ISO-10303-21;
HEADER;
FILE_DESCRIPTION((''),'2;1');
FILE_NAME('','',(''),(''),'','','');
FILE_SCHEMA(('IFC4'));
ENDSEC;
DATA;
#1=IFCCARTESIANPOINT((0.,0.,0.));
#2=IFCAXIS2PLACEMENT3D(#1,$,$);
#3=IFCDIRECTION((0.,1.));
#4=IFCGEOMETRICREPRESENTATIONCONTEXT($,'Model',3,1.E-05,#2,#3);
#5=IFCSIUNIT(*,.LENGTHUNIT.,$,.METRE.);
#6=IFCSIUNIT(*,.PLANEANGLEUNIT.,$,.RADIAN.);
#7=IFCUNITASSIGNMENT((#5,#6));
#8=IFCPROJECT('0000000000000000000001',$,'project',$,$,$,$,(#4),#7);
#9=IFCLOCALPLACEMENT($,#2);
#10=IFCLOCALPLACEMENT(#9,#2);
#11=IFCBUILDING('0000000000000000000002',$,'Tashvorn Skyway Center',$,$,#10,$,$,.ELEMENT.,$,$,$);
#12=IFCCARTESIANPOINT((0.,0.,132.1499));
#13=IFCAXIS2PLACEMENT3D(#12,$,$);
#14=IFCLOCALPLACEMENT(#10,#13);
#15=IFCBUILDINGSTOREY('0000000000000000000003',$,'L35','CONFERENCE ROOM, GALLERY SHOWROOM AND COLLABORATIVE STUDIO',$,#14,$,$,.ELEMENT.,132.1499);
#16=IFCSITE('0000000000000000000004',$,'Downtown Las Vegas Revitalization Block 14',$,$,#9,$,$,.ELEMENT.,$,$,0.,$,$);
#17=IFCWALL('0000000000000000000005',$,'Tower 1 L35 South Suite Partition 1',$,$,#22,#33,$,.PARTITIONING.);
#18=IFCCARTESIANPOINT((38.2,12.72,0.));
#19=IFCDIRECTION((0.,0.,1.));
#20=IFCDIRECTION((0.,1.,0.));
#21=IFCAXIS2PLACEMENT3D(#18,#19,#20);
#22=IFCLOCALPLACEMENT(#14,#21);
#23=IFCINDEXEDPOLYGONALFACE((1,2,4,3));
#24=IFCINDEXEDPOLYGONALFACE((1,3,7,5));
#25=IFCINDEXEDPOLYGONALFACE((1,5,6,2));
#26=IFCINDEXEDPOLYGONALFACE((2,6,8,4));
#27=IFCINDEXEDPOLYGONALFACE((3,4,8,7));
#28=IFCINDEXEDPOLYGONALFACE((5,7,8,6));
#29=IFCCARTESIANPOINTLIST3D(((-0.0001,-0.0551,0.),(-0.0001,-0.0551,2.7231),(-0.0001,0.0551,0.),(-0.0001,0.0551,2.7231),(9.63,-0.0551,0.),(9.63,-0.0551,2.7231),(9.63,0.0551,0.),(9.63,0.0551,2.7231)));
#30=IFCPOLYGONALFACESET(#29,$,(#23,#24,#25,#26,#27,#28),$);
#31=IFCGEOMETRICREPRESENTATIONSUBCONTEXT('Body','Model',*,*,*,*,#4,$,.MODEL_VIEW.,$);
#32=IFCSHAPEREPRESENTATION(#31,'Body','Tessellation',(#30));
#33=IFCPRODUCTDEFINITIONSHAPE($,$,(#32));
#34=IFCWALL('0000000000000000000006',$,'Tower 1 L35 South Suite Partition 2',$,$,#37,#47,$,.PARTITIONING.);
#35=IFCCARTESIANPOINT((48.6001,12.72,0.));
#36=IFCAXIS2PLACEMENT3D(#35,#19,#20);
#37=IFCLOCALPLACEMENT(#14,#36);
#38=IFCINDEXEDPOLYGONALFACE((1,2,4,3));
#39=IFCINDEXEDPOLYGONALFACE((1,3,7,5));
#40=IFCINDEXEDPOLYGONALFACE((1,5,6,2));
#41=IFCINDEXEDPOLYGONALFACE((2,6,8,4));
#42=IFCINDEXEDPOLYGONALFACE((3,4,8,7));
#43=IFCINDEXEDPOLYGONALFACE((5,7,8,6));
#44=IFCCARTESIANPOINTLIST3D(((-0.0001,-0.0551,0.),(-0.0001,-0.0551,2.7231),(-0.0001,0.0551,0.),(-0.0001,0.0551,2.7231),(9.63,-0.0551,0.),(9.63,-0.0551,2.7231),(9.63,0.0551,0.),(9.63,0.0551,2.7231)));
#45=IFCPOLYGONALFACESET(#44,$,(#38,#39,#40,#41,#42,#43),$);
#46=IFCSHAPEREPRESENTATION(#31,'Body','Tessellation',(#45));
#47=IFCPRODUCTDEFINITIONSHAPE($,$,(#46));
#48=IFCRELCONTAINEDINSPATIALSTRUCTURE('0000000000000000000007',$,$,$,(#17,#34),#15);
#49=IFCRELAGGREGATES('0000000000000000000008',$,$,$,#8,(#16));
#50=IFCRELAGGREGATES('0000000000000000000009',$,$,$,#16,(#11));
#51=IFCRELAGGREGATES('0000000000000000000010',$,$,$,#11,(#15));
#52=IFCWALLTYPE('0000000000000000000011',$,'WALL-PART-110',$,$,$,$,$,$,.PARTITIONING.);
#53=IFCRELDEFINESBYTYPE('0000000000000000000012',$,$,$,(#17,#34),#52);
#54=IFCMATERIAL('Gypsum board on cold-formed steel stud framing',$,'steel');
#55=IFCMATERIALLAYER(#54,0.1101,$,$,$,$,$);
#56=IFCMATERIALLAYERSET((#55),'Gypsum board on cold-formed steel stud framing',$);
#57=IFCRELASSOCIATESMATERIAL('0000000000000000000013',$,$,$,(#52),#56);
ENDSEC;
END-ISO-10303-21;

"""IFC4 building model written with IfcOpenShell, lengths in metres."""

from ifc_helpers import new_model, si_unit, direction, frame, frame_2d, origin, place, context, subcontext, project, spatial, rectangle, extrude, material, layer, layer_set, type_object, element, save


model = new_model("IFC4")

# Units and contexts
model_context = context("Model", 3, precision=1e-05, world=origin(), true_north=direction((0.0, 1.0)))
body_context = subcontext(model_context, "Body", "Model", "MODEL_VIEW")
ifc_project = project(units=[si_unit("LENGTHUNIT", "METRE"), si_unit("PLANEANGLEUNIT", "RADIAN")], contexts=[model_context])

# Site, building, storey
site_placement = place(None, origin())
site = spatial("IfcSite", under=ifc_project, at=site_placement, Name="Downtown Las Vegas Revitalization Block 14", CompositionType="ELEMENT", RefElevation=0.0)
building_placement = place(site_placement, origin())
building = spatial("IfcBuilding", under=site, at=building_placement, Name="Tashvorn Skyway Center", CompositionType="ELEMENT")
storey_placement = place(building_placement, frame((0.0, 0.0, 132.1499)))
storey = spatial("IfcBuildingStorey", under=building, at=storey_placement, Name="L35", Description="CONFERENCE ROOM, GALLERY SHOWROOM AND COLLABORATIVE STUDIO", CompositionType="ELEMENT", Elevation=132.1499)

# Walls
ifc_material_1 = material(Name="Gypsum board on cold-formed steel stud framing", Category="steel")
ifc_layer_1 = layer(ifc_material_1, 0.1101)
ifc_layer_set_1 = layer_set([ifc_layer_1], Name="Gypsum board on cold-formed steel stud framing")
wall_type_1 = type_object("IfcWallType", Name="WALL-PART-110", PredefinedType="PARTITIONING", material=ifc_layer_set_1)
for number, where, z_axis, x_axis, name in (
    (1, (38.2, 12.72, 0.0), (0.0, 0.0, 1.0), (0.0, 1.0, 0.0), "Tower 1 L35 South Suite Partition 1"),
    (2, (48.6001, 12.72, 0.0), (0.0, 0.0, 1.0), (0.0, 1.0, 0.0), "Tower 1 L35 South Suite Partition 2"),
):
    element("IfcWall", number, at=place(storey_placement, frame(where, z_axis=z_axis, x_axis=x_axis)), inside=storey, type_object=wall_type_1, Name=name, PredefinedType="PARTITIONING", context=body_context, shape_type="SweptSolid", body=[
        extrude(rectangle(XDim=9.6301, YDim=0.1101, at=frame_2d((4.8149, 0.0))), origin(), (0.0, 0.0, 1.0), 2.7231),
    ])

save(model, "model.ifc")
